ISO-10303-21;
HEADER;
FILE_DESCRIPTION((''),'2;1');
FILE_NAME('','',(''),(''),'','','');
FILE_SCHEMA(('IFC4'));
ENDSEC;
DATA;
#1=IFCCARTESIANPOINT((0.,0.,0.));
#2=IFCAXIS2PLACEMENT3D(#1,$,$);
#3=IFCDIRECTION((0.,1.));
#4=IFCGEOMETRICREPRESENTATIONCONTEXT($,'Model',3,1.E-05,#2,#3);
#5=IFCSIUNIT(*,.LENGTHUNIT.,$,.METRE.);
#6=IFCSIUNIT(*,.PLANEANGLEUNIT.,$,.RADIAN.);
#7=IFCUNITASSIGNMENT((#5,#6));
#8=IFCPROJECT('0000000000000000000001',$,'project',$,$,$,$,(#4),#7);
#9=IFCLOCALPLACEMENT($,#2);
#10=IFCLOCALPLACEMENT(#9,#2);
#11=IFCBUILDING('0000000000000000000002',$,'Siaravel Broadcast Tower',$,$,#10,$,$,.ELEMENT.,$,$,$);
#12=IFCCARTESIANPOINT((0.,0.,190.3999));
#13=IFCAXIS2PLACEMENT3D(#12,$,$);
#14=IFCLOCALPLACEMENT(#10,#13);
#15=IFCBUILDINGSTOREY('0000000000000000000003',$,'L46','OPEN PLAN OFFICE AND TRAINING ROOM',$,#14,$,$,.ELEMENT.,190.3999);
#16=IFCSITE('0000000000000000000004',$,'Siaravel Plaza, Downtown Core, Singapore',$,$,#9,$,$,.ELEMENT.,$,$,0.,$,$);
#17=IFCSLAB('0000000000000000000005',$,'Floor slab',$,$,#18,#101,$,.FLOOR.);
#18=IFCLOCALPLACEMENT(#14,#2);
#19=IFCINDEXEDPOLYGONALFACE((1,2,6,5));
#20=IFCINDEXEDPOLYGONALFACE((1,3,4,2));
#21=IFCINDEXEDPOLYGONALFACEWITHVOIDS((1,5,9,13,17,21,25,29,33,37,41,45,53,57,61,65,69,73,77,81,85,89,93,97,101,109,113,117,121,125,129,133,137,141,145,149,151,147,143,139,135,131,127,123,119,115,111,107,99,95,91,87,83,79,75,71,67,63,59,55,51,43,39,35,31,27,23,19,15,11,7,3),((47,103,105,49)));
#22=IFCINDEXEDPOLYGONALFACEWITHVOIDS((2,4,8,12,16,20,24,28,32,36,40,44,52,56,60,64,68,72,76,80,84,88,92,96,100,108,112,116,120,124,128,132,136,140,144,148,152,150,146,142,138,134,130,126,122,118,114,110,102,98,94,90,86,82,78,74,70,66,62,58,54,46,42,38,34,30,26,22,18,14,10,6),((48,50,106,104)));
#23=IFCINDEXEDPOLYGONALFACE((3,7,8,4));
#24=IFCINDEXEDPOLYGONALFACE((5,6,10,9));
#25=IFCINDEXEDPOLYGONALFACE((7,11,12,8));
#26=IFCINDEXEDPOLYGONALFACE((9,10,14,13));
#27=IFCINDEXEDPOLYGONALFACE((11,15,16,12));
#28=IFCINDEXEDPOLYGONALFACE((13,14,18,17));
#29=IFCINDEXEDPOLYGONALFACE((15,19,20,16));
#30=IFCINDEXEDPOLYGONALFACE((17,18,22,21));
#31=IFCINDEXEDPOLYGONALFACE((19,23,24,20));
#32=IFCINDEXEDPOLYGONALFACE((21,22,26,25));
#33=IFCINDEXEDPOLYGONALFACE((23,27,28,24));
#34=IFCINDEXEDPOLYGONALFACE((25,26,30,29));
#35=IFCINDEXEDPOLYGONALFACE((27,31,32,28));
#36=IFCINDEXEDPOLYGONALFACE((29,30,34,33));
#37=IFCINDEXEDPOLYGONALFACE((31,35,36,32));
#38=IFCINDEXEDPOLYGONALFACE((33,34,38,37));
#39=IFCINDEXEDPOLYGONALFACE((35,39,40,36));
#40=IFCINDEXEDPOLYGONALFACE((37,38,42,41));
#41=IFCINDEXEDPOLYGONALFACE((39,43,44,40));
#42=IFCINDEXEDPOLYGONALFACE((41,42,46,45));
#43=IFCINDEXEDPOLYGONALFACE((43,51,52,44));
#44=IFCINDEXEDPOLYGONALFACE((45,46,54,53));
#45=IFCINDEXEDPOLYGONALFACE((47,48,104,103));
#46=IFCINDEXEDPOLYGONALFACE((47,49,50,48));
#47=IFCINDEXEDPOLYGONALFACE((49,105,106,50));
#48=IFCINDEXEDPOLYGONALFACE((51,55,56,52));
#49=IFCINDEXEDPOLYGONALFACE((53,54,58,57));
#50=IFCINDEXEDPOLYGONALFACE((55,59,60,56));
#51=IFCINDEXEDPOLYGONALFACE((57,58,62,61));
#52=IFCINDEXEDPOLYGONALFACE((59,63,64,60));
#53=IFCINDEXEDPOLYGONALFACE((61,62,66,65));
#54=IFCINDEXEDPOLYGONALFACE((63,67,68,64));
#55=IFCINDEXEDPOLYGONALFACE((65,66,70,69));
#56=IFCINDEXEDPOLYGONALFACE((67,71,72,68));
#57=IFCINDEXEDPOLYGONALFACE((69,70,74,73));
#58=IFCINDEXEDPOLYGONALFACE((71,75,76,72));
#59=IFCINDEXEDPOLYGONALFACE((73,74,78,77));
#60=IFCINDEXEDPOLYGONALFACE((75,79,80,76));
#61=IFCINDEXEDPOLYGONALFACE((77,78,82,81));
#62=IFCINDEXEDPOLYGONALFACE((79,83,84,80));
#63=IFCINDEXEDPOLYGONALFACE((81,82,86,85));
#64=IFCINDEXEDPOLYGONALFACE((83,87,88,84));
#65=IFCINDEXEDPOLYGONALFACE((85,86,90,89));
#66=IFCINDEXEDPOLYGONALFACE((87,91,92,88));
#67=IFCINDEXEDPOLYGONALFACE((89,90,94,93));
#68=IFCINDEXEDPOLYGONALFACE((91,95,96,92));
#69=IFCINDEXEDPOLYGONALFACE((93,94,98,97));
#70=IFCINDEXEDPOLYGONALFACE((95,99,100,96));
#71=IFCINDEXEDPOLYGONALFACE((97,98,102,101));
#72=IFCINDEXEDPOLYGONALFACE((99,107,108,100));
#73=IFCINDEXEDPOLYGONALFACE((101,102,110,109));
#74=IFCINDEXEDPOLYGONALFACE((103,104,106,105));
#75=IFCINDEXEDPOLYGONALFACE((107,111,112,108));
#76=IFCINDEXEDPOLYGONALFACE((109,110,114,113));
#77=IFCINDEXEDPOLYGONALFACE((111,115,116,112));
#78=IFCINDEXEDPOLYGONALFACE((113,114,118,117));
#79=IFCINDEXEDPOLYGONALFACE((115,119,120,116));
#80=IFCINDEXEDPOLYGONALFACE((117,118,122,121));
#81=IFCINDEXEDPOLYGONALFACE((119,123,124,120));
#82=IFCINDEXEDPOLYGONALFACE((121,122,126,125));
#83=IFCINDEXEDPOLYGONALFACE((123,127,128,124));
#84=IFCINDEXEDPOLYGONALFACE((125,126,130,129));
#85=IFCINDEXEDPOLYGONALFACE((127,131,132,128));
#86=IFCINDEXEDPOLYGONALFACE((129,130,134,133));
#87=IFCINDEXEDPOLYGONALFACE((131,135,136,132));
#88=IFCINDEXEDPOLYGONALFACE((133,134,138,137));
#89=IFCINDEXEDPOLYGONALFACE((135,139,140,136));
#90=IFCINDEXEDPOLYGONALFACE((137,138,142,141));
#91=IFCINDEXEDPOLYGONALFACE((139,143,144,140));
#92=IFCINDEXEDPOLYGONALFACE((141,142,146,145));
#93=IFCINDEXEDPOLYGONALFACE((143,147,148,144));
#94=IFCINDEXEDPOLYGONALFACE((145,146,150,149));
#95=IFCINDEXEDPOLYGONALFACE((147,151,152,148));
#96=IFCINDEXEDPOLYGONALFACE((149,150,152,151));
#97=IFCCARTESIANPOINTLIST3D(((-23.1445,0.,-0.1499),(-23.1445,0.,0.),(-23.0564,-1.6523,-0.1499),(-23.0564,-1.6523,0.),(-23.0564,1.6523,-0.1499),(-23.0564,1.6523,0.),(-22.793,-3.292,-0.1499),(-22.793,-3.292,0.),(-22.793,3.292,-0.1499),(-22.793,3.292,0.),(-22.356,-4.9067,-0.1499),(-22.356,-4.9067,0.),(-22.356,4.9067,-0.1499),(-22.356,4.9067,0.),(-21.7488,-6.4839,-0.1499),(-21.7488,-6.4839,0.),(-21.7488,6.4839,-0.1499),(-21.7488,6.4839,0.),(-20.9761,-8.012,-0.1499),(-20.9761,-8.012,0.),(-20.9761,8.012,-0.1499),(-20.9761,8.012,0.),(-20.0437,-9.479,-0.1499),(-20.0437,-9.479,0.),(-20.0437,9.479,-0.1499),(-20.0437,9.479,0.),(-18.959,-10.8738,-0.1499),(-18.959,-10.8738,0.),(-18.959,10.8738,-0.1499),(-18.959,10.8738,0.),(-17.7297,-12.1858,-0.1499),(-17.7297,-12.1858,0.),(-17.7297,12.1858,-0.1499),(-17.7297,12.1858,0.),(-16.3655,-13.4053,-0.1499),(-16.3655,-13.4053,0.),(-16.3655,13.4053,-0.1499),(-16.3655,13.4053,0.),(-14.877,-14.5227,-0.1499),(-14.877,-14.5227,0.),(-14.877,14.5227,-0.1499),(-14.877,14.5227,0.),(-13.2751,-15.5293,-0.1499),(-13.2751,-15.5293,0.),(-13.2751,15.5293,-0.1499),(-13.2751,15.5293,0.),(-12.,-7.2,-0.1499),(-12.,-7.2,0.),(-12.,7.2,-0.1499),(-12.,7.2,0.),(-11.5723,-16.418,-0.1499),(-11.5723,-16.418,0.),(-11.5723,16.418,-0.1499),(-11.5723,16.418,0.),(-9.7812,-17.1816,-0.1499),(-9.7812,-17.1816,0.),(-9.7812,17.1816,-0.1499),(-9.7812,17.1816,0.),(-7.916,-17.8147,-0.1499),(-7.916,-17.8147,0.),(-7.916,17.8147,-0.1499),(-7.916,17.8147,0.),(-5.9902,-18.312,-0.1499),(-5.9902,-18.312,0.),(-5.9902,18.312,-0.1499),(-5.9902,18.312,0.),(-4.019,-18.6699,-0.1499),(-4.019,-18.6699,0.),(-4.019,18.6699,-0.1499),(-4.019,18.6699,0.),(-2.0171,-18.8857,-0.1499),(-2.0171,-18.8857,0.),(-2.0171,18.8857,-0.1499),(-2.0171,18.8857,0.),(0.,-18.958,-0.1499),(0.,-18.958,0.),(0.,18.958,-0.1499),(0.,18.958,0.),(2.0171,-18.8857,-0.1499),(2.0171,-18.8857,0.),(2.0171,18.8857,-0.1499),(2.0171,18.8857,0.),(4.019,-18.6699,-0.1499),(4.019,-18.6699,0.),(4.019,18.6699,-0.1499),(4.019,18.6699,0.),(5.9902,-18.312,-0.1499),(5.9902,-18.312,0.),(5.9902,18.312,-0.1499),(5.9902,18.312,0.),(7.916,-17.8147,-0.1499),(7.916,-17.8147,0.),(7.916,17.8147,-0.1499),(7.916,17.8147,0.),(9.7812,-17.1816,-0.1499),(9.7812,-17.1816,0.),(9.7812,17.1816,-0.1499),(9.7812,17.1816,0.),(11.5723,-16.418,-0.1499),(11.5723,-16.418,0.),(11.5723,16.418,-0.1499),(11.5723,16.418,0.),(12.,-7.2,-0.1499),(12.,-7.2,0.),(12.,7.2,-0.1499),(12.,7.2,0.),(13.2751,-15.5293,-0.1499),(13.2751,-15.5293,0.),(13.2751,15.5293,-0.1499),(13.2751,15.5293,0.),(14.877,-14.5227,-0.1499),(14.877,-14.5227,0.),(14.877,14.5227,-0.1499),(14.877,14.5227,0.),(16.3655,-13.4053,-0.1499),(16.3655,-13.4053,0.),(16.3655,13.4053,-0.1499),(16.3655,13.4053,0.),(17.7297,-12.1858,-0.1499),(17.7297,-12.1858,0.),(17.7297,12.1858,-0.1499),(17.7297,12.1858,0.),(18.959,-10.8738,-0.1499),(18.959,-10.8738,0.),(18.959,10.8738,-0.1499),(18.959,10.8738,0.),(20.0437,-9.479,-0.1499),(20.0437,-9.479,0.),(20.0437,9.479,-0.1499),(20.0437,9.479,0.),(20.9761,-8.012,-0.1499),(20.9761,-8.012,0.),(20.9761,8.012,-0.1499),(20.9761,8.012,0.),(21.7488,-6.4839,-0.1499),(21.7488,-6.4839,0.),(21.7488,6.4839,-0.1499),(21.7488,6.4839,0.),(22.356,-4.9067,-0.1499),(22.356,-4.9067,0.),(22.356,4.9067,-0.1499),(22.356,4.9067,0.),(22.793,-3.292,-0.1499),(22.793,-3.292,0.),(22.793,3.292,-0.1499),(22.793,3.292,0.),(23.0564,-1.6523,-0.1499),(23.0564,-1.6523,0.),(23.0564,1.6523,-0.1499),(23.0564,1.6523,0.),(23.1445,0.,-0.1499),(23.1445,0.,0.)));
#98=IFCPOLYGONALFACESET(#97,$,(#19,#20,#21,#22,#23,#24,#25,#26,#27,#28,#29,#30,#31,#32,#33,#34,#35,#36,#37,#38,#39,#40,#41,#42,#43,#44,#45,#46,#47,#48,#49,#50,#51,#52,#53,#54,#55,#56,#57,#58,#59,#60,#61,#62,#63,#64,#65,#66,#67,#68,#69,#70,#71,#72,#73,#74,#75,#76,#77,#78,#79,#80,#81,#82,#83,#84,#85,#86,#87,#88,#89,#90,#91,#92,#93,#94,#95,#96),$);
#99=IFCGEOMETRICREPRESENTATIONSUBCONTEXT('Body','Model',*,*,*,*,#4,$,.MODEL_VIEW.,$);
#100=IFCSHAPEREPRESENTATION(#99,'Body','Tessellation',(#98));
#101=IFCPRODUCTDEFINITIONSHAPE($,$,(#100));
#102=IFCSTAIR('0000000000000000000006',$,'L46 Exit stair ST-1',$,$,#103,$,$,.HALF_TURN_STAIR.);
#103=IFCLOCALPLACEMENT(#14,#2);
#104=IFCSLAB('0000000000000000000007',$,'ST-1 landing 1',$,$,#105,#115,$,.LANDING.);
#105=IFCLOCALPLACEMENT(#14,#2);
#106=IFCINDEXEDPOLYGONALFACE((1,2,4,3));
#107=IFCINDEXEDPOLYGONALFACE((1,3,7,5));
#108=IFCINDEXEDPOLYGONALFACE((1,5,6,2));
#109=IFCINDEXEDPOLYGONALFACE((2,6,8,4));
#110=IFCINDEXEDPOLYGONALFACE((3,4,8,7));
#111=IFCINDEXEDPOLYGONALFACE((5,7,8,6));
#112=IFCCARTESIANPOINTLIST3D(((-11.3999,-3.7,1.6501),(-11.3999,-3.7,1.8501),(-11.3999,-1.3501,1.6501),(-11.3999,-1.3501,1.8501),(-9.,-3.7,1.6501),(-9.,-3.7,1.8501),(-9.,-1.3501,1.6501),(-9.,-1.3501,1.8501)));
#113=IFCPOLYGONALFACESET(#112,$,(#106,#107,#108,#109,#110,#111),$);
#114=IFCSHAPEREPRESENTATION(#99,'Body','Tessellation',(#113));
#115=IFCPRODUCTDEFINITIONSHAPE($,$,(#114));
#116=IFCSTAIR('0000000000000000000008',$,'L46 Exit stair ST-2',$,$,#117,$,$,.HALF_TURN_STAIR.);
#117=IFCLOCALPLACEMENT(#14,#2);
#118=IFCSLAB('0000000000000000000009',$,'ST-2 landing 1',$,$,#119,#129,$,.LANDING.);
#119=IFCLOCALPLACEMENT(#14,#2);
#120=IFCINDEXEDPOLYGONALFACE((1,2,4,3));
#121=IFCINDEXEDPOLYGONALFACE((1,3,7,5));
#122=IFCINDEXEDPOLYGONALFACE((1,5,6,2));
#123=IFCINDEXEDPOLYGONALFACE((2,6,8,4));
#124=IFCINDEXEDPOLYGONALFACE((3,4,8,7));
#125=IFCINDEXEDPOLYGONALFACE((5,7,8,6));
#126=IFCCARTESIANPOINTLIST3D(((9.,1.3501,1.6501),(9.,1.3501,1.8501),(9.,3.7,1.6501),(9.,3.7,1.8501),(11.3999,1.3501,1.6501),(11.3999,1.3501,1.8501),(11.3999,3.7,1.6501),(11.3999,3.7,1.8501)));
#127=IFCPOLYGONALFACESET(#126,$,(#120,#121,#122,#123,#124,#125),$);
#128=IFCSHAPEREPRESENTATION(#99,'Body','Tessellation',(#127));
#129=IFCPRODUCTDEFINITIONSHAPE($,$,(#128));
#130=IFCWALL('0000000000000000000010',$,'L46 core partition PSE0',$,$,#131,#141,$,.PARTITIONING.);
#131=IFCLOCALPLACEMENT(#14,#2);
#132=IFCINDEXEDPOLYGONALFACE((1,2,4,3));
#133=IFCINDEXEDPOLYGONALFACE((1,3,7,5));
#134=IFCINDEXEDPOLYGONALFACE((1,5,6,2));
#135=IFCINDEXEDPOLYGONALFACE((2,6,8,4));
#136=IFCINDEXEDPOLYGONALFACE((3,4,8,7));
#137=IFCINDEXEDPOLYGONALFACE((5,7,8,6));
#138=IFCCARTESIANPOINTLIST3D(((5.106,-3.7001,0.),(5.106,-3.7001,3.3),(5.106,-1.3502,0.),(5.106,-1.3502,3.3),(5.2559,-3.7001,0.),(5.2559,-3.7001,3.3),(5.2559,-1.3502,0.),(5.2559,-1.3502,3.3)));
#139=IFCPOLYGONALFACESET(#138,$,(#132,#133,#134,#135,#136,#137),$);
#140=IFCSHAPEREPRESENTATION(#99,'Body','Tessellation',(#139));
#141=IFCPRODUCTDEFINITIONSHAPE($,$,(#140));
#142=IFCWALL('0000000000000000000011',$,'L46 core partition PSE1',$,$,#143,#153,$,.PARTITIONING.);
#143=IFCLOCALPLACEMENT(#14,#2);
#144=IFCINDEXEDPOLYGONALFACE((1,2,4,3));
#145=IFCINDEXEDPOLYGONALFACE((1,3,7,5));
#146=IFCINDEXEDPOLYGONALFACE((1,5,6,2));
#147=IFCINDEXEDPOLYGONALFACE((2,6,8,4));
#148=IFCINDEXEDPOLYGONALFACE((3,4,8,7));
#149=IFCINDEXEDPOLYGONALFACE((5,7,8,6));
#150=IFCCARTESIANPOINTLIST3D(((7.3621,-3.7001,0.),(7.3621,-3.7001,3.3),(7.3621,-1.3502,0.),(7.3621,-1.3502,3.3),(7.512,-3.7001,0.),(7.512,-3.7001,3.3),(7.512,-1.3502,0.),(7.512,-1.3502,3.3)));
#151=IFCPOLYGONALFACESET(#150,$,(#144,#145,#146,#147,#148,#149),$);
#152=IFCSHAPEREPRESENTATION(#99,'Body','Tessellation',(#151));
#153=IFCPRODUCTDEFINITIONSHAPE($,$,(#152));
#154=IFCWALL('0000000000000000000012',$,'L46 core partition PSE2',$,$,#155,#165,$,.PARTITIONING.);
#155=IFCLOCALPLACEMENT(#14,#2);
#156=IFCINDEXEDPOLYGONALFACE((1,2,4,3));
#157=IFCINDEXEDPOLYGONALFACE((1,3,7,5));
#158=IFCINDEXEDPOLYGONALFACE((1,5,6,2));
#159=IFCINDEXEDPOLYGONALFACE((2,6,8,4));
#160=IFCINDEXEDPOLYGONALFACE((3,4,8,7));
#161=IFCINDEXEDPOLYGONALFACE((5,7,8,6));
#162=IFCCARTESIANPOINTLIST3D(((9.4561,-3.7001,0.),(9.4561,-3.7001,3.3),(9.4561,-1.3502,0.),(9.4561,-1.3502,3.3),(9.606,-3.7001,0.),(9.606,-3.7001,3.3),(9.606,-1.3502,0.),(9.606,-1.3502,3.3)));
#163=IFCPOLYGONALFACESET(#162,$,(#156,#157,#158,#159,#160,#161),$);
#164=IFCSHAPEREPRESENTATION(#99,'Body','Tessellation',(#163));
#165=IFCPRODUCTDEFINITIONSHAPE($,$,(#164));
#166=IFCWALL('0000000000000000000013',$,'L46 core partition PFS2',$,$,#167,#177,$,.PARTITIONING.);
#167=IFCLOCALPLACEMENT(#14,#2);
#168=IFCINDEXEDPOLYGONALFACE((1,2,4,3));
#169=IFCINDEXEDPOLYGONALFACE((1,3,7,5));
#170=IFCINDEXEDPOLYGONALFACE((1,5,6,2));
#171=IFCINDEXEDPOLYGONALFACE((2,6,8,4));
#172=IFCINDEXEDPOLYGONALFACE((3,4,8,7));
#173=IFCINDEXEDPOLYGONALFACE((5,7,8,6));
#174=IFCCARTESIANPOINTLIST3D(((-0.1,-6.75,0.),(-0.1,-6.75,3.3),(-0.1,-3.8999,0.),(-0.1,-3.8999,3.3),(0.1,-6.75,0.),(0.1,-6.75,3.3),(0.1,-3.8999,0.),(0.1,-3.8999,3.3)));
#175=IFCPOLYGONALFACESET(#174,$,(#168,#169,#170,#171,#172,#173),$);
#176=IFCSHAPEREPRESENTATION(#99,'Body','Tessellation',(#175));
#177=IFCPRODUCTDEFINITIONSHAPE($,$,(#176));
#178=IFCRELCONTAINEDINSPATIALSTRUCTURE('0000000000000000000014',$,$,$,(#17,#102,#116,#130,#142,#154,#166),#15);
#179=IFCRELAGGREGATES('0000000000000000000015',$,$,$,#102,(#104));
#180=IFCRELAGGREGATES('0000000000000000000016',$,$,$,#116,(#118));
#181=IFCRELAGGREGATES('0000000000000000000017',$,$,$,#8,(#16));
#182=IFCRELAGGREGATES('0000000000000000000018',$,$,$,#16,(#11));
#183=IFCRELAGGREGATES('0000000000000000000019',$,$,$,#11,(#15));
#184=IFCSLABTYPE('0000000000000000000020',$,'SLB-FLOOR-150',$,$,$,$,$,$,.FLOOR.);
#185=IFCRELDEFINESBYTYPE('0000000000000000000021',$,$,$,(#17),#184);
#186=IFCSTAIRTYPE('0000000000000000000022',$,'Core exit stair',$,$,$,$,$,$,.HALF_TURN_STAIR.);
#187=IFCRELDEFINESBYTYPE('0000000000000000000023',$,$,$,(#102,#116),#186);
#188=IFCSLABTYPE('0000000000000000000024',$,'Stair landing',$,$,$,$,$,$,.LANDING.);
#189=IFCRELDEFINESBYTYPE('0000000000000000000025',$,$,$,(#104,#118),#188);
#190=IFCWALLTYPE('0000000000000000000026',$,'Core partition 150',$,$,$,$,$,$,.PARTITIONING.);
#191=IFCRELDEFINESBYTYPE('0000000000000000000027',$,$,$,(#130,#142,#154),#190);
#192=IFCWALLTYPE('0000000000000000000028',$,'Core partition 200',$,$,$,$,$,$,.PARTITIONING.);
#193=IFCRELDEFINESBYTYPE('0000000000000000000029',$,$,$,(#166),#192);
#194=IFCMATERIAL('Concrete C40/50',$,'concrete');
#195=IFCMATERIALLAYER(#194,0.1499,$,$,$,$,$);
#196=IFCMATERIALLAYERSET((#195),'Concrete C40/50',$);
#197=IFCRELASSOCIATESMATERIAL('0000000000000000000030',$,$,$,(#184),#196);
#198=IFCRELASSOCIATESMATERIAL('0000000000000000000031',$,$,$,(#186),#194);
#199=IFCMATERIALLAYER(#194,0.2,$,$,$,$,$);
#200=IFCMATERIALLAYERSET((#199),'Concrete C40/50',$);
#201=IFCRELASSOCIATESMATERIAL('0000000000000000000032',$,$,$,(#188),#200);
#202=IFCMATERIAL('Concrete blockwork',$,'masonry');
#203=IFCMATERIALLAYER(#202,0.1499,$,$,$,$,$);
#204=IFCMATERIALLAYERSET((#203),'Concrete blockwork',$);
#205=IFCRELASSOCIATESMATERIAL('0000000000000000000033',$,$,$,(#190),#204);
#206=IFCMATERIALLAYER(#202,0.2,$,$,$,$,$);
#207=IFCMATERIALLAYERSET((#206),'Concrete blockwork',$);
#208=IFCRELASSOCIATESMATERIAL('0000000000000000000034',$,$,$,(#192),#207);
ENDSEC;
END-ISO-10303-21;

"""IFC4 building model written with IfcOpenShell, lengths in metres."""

from ifc_helpers import new_model, si_unit, direction, frame, frame_2d, origin, place, context, subcontext, project, spatial, polyline, rectangle, outline, extrude, material, layer, layer_set, type_object, element, aggregate, save


model = new_model("IFC4")

# Units and contexts
model_context = context("Model", 3, precision=1e-05, world=origin(), true_north=direction((0.0, 1.0)))
body_context = subcontext(model_context, "Body", "Model", "MODEL_VIEW")
ifc_project = project(units=[si_unit("LENGTHUNIT", "METRE"), si_unit("PLANEANGLEUNIT", "RADIAN")], contexts=[model_context])

# Site, building, storey
site_placement = place(None, origin())
site = spatial("IfcSite", under=ifc_project, at=site_placement, Name="Siaravel Plaza, Downtown Core, Singapore", CompositionType="ELEMENT", RefElevation=0.0)
building_placement = place(site_placement, origin())
building = spatial("IfcBuilding", under=site, at=building_placement, Name="Siaravel Broadcast Tower", CompositionType="ELEMENT")
storey_placement = place(building_placement, frame((0.0, 0.0, 190.3999)))
storey = spatial("IfcBuildingStorey", under=building, at=storey_placement, Name="L46", Description="OPEN PLAN OFFICE AND TRAINING ROOM", CompositionType="ELEMENT", Elevation=190.3999)

# Slab
ifc_material_1 = material(Name="Concrete C40/50", Category="concrete")
ifc_layer_1 = layer(ifc_material_1, 0.1499)
ifc_layer_set_1 = layer_set([ifc_layer_1], Name="Concrete C40/50")
slab_type_1 = type_object("IfcSlabType", Name="SLB-FLOOR-150", PredefinedType="FLOOR", material=ifc_layer_set_1)
slab_1_placement = place(storey_placement, frame((0.0, 0.0, -0.1499)))
element("IfcSlab", 1, at=slab_1_placement, inside=storey, type_object=slab_type_1, Name="Floor slab", PredefinedType="FLOOR", context=body_context, shape_type="SweptSolid", body=[
    extrude(outline(polyline([(23.1445, 0.0), (23.0564, 1.6523), (22.793, 3.292), (22.356, 4.9067), (21.7488, 6.4839), (20.9761, 8.012), (20.0437, 9.479), (18.959, 10.8738), (17.7297, 12.1858), (16.3655, 13.4053), (14.877, 14.5227), (13.2751, 15.5293), (11.5723, 16.418), (9.7812, 17.1816), (7.916, 17.8147), (5.9902, 18.312), (4.019, 18.6699), (2.0171, 18.8857), (0.0, 18.958), (-2.0171, 18.8857), (-4.019, 18.6699), (-5.9902, 18.312), (-7.916, 17.8147), (-9.7812, 17.1816), (-11.5723, 16.418), (-13.2751, 15.5293), (-14.877, 14.5227), (-16.3655, 13.4053), (-17.7297, 12.1858), (-18.959, 10.8738), (-20.0437, 9.479), (-20.9761, 8.012), (-21.7488, 6.4839), (-22.356, 4.9067), (-22.793, 3.292), (-23.0564, 1.6523), (-23.1445, 0.0), (-23.0564, -1.6523), (-22.793, -3.292), (-22.356, -4.9067), (-21.7488, -6.4839), (-20.9761, -8.012), (-20.0437, -9.479), (-18.959, -10.8738), (-17.7297, -12.1858), (-16.3655, -13.4053), (-14.877, -14.5227), (-13.2751, -15.5293), (-11.5723, -16.418), (-9.7812, -17.1816), (-7.916, -17.8147), (-5.9902, -18.312), (-4.019, -18.6699), (-2.0171, -18.8857), (0.0, -18.958), (2.0171, -18.8857), (4.019, -18.6699), (5.9902, -18.312), (7.916, -17.8147), (9.7812, -17.1816), (11.5723, -16.418), (13.2751, -15.5293), (14.877, -14.5227), (16.3655, -13.4053), (17.7297, -12.1858), (18.959, -10.8738), (20.0437, -9.479), (20.9761, -8.012), (21.7488, -6.4839), (22.356, -4.9067), (22.793, -3.292), (23.0564, -1.6523), (23.1445, 0.0)]), holes=[polyline([(-12.0, 7.2), (12.0, 7.2), (12.0, -7.2), (-12.0, -7.2), (-12.0, 7.2)])]), origin(), (0.0, 0.0, 1.0), 0.1499),
])

# Stairs, slabs
stair_type = type_object("IfcStairType", Name="Core exit stair", PredefinedType="HALF_TURN_STAIR", material=ifc_material_1)
stair_1_placement = place(storey_placement, origin())
stair_1 = element("IfcStair", 2, at=stair_1_placement, inside=storey, type_object=stair_type, Name="L46 Exit stair ST-1", PredefinedType="HALF_TURN_STAIR")
ifc_layer_2 = layer(ifc_material_1, 0.2)
ifc_layer_set_2 = layer_set([ifc_layer_2], Name="Concrete C40/50")
slab_type_2 = type_object("IfcSlabType", Name="Stair landing", PredefinedType="LANDING", material=ifc_layer_set_2)
slab_2_placement = place(storey_placement, frame((0.0, 0.0, 1.6501)))
slab_2 = element("IfcSlab", 3, at=slab_2_placement, type_object=slab_type_2, Name="ST-1 landing 1", PredefinedType="LANDING", context=body_context, shape_type="SweptSolid", body=[
    extrude(outline(polyline([(-9.0, -1.3501), (-11.3999, -1.3501), (-11.3999, -3.7), (-9.0, -3.7), (-9.0, -1.3501)])), origin(), (0.0, 0.0, 1.0), 0.2),
])
aggregate(stair_1, [slab_2])
stair_2_placement = place(storey_placement, origin())
stair_2 = element("IfcStair", 4, at=stair_2_placement, inside=storey, type_object=stair_type, Name="L46 Exit stair ST-2", PredefinedType="HALF_TURN_STAIR")
slab_3_placement = place(storey_placement, frame((0.0, 0.0, 1.6501)))
slab_3 = element("IfcSlab", 5, at=slab_3_placement, type_object=slab_type_2, Name="ST-2 landing 1", PredefinedType="LANDING", context=body_context, shape_type="SweptSolid", body=[
    extrude(outline(polyline([(9.0, 1.3501), (11.3999, 1.3501), (11.3999, 3.7), (9.0, 3.7), (9.0, 1.3501)])), origin(), (0.0, 0.0, 1.0), 0.2),
])
aggregate(stair_2, [slab_3])

# Walls
ifc_material_2 = material(Name="Concrete blockwork", Category="masonry")
ifc_layer_3 = layer(ifc_material_2, 0.1499)
ifc_layer_set_3 = layer_set([ifc_layer_3], Name="Concrete blockwork")
wall_type_1 = type_object("IfcWallType", Name="Core partition 150", PredefinedType="PARTITIONING", material=ifc_layer_set_3)
for number, where, z_axis, x_axis, name in (
    (6, (5.1809, -3.7, 0.0), (0.0, 0.0, 1.0), (0.0, 1.0, 0.0), "L46 core partition PSE0"),
    (7, (7.437, -3.7, 0.0), (0.0, 0.0, 1.0), (0.0, 1.0, 0.0), "L46 core partition PSE1"),
    (8, (9.531, -3.7, 0.0), (0.0, 0.0, 1.0), (0.0, 1.0, 0.0), "L46 core partition PSE2"),
):
    element("IfcWall", number, at=place(storey_placement, frame(where, z_axis=z_axis, x_axis=x_axis)), inside=storey, type_object=wall_type_1, Name=name, PredefinedType="PARTITIONING", context=body_context, shape_type="SweptSolid", body=[
        extrude(rectangle(XDim=2.3499, YDim=0.1499, at=frame_2d((1.1748, 0.0))), origin(), (0.0, 0.0, 1.0), 3.3),
    ])
ifc_layer_4 = layer(ifc_material_2, 0.2)
ifc_layer_set_4 = layer_set([ifc_layer_4], Name="Concrete blockwork")
wall_type_2 = type_object("IfcWallType", Name="Core partition 200", PredefinedType="PARTITIONING", material=ifc_layer_set_4)
wall_1_placement = place(storey_placement, frame((0.0, -6.75, 0.0), z_axis=(0.0, 0.0, 1.0), x_axis=(0.0, 1.0, 0.0)))
element("IfcWall", 9, at=wall_1_placement, inside=storey, type_object=wall_type_2, Name="L46 core partition PFS2", PredefinedType="PARTITIONING", context=body_context, shape_type="SweptSolid", body=[
    extrude(rectangle(XDim=2.8501, YDim=0.2, at=frame_2d((1.425, 0.0))), origin(), (0.0, 0.0, 1.0), 3.3),
])

save(model, "model.ifc")
